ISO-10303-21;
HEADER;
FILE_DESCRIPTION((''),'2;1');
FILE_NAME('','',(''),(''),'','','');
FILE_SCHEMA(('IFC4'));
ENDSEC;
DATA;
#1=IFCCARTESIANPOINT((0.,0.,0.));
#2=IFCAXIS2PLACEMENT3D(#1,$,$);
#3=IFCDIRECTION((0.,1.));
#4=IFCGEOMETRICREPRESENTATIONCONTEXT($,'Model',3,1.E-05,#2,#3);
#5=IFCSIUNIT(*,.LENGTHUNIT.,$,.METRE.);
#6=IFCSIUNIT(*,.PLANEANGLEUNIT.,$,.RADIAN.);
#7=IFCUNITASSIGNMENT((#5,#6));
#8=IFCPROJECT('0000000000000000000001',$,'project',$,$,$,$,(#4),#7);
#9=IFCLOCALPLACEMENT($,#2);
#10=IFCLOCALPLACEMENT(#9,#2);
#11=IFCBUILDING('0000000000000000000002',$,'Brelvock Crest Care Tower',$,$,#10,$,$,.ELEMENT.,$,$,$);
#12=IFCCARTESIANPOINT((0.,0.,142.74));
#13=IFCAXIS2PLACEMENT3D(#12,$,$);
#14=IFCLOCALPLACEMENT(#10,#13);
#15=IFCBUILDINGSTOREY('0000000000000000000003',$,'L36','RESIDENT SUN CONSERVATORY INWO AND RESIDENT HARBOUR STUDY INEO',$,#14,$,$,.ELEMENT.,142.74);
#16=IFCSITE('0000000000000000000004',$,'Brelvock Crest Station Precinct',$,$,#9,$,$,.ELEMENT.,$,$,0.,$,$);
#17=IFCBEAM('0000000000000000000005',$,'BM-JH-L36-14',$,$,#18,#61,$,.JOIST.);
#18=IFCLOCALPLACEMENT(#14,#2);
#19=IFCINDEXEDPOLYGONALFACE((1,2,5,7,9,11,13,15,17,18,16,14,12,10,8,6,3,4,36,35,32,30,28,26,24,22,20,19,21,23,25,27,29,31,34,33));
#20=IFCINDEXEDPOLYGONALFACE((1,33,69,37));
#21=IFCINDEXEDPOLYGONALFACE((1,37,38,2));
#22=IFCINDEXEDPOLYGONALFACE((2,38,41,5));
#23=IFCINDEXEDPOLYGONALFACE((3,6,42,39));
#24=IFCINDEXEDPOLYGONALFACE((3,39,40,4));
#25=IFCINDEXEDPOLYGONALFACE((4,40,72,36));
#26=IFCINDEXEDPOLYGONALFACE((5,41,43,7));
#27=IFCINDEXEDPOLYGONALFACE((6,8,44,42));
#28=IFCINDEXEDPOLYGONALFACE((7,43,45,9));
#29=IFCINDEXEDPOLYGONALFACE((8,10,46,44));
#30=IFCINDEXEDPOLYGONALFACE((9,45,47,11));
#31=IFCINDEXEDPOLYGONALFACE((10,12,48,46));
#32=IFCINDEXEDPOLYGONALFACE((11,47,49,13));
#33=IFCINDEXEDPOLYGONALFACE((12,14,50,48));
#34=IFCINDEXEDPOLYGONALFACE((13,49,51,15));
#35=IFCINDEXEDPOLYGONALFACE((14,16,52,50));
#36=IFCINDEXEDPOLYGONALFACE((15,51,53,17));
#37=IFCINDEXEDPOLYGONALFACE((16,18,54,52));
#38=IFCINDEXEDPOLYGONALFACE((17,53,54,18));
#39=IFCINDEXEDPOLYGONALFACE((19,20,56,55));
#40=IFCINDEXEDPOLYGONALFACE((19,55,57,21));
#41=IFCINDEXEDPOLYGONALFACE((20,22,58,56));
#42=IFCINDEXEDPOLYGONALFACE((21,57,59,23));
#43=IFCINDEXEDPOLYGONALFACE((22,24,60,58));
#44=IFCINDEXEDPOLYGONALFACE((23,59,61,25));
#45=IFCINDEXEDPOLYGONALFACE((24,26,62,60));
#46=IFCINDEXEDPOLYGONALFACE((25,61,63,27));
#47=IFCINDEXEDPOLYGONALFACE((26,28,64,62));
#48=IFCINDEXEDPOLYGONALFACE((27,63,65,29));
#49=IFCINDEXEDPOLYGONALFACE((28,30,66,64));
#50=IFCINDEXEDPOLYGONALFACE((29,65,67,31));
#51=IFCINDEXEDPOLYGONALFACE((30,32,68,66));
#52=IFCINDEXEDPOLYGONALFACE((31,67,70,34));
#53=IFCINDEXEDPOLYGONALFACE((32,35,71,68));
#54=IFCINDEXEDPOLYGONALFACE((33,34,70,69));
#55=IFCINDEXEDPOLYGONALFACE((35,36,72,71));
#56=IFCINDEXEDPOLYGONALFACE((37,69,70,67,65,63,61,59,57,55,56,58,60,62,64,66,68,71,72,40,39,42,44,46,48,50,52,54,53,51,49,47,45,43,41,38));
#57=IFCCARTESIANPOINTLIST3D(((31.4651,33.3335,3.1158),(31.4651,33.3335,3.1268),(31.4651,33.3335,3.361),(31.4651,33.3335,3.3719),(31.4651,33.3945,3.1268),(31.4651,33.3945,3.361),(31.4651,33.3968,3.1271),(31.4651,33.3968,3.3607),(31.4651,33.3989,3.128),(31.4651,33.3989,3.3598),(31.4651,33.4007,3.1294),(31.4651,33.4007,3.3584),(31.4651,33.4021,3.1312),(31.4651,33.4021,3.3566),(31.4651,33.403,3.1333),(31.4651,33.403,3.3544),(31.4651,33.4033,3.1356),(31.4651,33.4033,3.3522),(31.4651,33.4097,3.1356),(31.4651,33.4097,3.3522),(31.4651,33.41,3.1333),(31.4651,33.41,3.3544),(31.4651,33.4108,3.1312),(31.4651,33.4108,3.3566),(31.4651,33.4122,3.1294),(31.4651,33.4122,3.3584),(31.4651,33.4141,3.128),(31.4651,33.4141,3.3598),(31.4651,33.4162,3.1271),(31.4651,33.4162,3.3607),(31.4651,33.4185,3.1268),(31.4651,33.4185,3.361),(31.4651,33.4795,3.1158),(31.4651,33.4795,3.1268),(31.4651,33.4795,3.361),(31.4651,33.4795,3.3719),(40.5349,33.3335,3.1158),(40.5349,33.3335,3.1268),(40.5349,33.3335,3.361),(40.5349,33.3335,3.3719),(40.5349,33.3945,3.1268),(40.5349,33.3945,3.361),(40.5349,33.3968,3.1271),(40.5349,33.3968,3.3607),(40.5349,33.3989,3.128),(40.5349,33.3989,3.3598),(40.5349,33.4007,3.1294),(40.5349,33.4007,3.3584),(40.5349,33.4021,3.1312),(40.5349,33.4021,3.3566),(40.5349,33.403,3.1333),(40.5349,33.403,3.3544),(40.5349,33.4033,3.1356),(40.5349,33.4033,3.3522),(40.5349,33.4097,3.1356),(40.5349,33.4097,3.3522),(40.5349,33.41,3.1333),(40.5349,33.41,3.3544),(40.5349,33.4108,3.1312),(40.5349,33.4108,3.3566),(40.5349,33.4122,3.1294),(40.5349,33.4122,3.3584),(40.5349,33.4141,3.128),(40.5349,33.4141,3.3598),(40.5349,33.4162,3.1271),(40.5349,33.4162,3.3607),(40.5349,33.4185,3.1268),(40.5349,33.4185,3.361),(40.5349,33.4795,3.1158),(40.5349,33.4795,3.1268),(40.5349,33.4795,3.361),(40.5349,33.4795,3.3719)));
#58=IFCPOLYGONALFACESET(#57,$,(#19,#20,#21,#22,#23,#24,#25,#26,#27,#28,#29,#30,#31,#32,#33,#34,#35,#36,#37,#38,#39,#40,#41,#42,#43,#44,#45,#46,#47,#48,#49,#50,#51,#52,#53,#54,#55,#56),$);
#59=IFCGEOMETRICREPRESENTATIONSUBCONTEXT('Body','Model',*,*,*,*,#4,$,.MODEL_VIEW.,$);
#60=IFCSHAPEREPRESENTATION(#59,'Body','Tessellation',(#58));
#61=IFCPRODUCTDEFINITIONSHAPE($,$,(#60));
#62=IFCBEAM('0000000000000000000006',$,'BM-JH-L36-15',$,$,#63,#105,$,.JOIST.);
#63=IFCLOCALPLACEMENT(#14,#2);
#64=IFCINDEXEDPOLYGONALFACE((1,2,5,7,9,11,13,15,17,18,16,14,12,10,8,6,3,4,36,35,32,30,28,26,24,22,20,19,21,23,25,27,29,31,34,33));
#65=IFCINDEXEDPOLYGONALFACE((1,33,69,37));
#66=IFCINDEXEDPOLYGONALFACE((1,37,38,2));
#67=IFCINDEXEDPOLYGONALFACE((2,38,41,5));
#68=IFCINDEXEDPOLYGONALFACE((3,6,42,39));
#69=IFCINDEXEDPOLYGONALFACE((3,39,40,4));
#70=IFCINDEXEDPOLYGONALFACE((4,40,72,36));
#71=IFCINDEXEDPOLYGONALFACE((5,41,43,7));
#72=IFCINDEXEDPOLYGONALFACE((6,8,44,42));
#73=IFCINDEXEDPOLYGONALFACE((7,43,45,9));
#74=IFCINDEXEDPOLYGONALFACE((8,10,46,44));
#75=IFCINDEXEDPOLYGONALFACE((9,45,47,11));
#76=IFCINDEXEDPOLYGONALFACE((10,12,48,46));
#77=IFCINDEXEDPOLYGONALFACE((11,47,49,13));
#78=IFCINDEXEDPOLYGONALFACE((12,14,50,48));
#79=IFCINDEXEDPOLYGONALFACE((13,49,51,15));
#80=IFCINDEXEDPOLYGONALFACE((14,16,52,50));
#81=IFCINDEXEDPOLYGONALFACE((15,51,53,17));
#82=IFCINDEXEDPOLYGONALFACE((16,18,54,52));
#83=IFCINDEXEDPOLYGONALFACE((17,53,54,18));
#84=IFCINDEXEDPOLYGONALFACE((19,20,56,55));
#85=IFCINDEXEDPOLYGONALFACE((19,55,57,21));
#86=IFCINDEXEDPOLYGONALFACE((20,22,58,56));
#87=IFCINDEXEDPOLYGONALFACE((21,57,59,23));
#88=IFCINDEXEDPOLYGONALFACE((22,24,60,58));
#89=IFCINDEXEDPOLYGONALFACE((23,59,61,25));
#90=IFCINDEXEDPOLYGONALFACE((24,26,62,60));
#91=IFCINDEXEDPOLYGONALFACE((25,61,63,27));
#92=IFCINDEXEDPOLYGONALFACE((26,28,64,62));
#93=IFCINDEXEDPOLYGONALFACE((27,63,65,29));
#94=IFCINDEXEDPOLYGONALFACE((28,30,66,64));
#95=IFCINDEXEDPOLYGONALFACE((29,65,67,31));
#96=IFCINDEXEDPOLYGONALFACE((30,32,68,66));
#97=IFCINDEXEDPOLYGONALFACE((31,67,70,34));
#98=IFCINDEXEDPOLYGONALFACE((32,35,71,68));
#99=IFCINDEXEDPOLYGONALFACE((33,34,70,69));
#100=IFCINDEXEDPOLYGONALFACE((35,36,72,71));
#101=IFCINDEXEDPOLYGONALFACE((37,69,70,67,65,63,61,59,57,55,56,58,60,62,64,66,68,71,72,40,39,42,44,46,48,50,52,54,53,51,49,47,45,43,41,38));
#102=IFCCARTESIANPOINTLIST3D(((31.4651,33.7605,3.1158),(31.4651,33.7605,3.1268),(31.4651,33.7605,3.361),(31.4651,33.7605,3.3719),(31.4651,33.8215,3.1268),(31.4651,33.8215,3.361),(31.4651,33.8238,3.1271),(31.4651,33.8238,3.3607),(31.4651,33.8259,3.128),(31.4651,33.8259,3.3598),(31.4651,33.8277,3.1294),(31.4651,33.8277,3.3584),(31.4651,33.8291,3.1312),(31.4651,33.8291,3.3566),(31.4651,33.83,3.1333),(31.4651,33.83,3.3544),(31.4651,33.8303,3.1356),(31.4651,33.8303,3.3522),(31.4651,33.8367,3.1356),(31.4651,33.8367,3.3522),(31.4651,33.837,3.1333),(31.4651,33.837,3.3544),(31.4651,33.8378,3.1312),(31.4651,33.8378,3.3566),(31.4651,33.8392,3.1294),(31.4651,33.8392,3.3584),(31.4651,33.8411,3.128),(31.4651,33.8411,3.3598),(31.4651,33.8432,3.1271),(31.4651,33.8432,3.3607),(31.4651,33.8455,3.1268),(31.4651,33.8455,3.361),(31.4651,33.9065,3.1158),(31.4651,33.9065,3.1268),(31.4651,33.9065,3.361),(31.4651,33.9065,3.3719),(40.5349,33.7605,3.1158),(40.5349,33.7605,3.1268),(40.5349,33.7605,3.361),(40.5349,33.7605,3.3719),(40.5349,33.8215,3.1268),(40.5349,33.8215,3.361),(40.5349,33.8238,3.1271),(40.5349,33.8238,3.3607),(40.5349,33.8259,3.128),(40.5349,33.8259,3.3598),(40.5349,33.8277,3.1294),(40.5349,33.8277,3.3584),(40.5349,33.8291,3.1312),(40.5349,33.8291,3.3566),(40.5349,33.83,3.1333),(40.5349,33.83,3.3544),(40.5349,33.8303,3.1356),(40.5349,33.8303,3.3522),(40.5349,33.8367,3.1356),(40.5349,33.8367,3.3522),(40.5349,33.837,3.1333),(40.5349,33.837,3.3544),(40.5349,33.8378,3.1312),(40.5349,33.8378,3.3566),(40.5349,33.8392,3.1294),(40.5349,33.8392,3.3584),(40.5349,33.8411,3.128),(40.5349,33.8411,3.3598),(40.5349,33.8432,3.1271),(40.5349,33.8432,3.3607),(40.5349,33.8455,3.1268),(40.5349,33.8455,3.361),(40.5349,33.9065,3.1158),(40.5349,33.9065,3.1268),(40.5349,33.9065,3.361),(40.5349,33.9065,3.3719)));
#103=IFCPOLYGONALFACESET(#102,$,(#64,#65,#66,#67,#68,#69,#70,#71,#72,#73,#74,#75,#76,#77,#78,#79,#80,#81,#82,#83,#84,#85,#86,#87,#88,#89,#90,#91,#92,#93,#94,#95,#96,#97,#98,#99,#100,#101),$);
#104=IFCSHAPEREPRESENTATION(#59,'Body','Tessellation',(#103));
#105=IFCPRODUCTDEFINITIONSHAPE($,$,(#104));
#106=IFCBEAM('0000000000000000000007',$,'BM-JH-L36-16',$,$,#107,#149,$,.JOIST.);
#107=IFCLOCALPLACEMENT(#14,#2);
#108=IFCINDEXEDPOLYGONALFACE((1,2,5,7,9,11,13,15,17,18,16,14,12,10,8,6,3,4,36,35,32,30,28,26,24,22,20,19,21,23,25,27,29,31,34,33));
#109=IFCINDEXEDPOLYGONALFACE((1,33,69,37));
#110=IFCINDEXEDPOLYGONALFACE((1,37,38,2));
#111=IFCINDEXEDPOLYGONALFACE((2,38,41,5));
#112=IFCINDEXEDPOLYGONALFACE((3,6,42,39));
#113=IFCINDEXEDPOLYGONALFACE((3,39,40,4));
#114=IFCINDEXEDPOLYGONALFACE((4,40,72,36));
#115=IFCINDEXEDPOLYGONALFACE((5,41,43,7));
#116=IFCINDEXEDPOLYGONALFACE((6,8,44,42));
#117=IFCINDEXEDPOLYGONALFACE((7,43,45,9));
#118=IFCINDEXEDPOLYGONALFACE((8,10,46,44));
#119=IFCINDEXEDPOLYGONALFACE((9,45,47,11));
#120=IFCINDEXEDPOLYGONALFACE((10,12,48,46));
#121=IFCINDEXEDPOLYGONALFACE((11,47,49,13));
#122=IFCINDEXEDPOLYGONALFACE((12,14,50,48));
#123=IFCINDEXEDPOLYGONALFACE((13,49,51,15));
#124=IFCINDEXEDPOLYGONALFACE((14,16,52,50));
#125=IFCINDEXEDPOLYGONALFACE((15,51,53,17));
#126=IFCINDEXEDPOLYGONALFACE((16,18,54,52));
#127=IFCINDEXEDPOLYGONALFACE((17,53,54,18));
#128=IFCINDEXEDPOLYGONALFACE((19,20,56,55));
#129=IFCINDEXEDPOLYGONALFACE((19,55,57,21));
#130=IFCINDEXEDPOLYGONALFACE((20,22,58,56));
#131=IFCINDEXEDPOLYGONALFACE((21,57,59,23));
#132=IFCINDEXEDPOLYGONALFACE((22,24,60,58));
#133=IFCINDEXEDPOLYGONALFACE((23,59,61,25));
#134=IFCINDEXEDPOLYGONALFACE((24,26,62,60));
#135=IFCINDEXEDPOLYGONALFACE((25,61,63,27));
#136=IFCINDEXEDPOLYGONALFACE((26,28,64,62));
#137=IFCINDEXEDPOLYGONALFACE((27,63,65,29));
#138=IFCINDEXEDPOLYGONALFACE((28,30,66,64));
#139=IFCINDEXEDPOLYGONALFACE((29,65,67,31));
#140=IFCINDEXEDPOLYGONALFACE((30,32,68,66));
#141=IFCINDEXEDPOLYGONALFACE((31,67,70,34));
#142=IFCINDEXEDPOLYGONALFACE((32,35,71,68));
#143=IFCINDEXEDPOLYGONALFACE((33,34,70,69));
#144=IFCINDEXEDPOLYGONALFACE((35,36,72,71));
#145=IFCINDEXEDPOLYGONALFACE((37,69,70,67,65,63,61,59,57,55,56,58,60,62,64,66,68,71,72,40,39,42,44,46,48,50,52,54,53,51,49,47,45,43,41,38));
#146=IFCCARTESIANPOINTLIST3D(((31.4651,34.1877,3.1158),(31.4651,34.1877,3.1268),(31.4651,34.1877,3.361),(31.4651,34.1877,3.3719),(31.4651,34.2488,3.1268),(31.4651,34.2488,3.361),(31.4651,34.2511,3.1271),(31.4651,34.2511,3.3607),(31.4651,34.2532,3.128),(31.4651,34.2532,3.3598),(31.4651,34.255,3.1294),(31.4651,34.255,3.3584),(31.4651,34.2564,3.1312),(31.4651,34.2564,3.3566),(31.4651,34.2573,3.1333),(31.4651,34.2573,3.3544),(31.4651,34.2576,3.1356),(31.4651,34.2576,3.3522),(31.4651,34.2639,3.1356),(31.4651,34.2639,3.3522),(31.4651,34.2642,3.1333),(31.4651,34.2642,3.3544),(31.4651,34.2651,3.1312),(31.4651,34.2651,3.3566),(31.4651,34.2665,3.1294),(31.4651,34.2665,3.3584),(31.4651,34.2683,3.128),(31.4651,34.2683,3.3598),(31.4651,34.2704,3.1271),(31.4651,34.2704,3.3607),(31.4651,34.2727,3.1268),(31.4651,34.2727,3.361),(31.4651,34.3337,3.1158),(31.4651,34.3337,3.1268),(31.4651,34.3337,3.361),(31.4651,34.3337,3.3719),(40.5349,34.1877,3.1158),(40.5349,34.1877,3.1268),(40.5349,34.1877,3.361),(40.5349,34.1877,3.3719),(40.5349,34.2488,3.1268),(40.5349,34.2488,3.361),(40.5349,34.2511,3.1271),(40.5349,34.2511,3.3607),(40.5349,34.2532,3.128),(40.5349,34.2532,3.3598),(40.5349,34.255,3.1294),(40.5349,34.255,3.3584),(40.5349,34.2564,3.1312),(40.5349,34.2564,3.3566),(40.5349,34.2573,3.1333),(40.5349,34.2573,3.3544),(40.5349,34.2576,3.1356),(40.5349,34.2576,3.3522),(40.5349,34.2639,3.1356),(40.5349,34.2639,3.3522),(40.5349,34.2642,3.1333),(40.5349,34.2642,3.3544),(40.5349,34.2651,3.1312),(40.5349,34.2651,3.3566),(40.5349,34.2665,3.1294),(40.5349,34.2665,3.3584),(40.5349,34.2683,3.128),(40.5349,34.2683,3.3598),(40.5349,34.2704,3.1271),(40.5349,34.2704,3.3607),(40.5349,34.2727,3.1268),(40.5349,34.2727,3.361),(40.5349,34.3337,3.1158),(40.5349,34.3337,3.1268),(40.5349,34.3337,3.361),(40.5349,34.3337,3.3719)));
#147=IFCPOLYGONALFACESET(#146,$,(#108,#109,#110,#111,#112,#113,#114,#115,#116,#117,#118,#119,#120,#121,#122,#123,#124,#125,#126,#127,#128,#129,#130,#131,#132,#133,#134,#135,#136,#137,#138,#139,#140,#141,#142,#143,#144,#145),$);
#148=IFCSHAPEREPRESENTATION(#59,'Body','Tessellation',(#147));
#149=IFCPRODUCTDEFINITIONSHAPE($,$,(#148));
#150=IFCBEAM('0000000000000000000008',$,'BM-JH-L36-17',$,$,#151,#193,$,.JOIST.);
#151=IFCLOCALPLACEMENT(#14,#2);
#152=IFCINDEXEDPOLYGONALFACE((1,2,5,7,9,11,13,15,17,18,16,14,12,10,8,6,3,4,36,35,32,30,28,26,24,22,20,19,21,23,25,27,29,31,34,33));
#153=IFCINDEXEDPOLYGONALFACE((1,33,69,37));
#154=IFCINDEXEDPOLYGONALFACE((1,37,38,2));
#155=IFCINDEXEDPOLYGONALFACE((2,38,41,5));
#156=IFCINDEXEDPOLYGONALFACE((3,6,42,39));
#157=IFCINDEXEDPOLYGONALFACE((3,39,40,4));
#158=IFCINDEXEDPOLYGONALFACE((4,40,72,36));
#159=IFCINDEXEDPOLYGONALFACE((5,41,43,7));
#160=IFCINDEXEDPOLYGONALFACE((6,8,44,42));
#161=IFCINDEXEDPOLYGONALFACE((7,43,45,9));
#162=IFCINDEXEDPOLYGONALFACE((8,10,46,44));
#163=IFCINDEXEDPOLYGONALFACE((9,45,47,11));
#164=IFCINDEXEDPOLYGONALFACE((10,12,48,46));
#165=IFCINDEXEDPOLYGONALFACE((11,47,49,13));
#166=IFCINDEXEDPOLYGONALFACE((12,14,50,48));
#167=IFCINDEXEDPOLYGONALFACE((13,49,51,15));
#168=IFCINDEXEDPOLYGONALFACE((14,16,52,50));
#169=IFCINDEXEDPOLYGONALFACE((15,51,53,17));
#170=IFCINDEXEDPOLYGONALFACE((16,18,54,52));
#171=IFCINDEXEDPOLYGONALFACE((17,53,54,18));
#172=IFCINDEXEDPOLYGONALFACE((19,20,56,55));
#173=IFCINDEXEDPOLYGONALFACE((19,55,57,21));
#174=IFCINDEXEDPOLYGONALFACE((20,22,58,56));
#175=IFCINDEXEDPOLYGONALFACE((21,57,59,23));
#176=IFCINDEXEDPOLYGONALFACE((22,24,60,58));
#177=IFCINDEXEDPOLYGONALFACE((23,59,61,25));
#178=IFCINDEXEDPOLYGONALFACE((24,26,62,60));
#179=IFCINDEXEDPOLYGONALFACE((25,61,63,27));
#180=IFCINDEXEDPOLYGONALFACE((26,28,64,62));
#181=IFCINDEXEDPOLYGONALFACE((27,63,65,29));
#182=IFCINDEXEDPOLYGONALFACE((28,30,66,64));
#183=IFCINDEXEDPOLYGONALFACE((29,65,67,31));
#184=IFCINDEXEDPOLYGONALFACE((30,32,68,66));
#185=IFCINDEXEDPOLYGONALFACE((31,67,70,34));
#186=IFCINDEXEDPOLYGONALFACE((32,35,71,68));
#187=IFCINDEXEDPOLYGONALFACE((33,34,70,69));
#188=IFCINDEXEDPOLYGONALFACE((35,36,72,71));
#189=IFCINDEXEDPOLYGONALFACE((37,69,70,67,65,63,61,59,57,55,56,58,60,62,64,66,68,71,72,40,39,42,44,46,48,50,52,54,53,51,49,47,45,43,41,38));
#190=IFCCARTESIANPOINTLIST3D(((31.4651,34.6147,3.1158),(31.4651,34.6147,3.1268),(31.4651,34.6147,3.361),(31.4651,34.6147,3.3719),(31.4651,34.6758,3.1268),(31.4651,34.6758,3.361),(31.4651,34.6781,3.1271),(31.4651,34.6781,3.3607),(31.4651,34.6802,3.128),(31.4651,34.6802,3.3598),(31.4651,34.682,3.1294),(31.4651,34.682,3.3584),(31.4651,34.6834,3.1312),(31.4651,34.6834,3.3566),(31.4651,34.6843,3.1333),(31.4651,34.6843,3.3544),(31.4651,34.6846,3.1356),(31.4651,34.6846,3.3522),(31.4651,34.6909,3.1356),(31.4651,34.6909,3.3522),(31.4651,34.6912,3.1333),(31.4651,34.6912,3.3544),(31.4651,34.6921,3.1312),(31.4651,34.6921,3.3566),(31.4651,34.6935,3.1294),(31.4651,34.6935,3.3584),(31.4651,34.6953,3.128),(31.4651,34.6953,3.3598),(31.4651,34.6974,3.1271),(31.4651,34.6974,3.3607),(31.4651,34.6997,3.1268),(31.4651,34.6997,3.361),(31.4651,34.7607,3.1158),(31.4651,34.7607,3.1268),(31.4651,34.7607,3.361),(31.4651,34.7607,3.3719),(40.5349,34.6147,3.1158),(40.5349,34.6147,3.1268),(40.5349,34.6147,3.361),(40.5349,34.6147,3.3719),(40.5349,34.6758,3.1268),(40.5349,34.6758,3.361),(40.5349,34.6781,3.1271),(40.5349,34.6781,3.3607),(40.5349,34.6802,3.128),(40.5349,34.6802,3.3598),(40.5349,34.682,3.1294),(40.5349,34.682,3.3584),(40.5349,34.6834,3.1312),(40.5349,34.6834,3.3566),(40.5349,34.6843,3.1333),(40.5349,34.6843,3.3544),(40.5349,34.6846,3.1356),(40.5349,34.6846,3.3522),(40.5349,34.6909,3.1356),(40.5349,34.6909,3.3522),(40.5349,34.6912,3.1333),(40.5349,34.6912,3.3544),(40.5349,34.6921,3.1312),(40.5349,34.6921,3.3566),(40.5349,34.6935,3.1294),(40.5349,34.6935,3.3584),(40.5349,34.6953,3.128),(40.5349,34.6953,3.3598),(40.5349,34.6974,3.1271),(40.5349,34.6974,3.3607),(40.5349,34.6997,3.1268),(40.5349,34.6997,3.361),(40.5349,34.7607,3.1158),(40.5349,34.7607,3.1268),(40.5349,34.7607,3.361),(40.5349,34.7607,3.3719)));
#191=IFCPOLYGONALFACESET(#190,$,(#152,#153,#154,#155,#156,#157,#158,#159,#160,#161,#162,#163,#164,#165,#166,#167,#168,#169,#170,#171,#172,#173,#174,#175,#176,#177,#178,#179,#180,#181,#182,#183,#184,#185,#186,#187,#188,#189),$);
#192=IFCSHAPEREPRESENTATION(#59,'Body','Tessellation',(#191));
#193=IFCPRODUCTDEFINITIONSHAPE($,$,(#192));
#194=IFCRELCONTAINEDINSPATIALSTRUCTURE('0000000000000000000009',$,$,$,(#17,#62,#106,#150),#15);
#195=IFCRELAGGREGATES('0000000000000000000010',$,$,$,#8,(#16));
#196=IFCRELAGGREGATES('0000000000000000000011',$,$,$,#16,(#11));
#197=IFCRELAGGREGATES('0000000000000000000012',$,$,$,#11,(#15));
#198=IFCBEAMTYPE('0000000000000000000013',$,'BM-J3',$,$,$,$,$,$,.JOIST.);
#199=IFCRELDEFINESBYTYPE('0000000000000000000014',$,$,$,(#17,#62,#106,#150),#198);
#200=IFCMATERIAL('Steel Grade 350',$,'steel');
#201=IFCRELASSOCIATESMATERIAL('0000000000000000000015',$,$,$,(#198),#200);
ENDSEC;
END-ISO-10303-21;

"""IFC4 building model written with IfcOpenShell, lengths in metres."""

from ifc_helpers import new_model, si_unit, direction, frame, origin, origin_2d, place, context, subcontext, project, spatial, i_section, extrude, source, transform, mapped, material, material_profile, profile_set, type_object, element, save


model = new_model("IFC4")

# Units and contexts
model_context = context("Model", 3, precision=1e-05, world=origin(), true_north=direction((0.0, 1.0)))
body_context = subcontext(model_context, "Body", "Model", "MODEL_VIEW")
ifc_project = project(units=[si_unit("LENGTHUNIT", "METRE"), si_unit("PLANEANGLEUNIT", "RADIAN")], contexts=[model_context])

# Site, building, storey
site_placement = place(None, origin())
site = spatial("IfcSite", under=ifc_project, at=site_placement, Name="Brelvock Crest Station Precinct", CompositionType="ELEMENT", RefElevation=0.0)
building_placement = place(site_placement, origin())
building = spatial("IfcBuilding", under=site, at=building_placement, Name="Brelvock Crest Care Tower", CompositionType="ELEMENT")
storey_placement = place(building_placement, frame((0.0, 0.0, 142.74)))
storey = spatial("IfcBuildingStorey", under=building, at=storey_placement, Name="L36", Description="RESIDENT SUN CONSERVATORY INWO AND RESIDENT HARBOUR STUDY INEO", CompositionType="ELEMENT", Elevation=142.74)

# Beams
ifc_material_1 = material(Name="Steel Grade 350", Category="steel")
ifc_material_profile_1 = material_profile(ifc_material_1, i_section(OverallWidth=0.146, OverallDepth=0.2561, WebThickness=0.0063, FlangeThickness=0.011, FilletRadius=0.0088, at=origin_2d()), Name="250UB37.3")
ifc_profile_set_1 = profile_set([ifc_material_profile_1], Name="Steel Grade 350")
beam_type_1 = type_object("IfcBeamType", Name="BM-J3", PredefinedType="JOIST", material=ifc_profile_set_1)
shared_shape_1 = source(origin(), body_context, "Body", "SweptSolid", [
    extrude(i_section(OverallWidth=0.146, OverallDepth=0.2561, WebThickness=0.0063, FlangeThickness=0.011, FilletRadius=0.0088, at=origin_2d()), origin(), (0.0, 0.0, 1.0), 9.0698),
])
for number, where, z_axis, x_axis, name in (
    (1, (31.4651, 33.4065, 3.2439), (1.0, 0.0, 0.0), (0.0, 1.0, 0.0), "BM-JH-L36-14"),
    (2, (31.4651, 33.8335, 3.2439), (1.0, 0.0, 0.0), (0.0, 1.0, 0.0), "BM-JH-L36-15"),
    (3, (31.4651, 34.2607, 3.2439), (1.0, 0.0, 0.0), (0.0, 1.0, 0.0), "BM-JH-L36-16"),
    (4, (31.4651, 34.6877, 3.2439), (1.0, 0.0, 0.0), (0.0, 1.0, 0.0), "BM-JH-L36-17"),
):
    element("IfcBeam", number, at=place(storey_placement, frame(where, z_axis=z_axis, x_axis=x_axis)), inside=storey, type_object=beam_type_1, Name=name, PredefinedType="JOIST", context=body_context, shape_type="MappedRepresentation", body=[
        mapped(shared_shape_1, transform((0.0, 0.0, 0.0), x_axis=(1.0, 0.0, 0.0), y_axis=(0.0, 1.0, 0.0), z_axis=(0.0, 0.0, 1.0), scale=1.0)),
    ])

save(model, "model.ifc")
